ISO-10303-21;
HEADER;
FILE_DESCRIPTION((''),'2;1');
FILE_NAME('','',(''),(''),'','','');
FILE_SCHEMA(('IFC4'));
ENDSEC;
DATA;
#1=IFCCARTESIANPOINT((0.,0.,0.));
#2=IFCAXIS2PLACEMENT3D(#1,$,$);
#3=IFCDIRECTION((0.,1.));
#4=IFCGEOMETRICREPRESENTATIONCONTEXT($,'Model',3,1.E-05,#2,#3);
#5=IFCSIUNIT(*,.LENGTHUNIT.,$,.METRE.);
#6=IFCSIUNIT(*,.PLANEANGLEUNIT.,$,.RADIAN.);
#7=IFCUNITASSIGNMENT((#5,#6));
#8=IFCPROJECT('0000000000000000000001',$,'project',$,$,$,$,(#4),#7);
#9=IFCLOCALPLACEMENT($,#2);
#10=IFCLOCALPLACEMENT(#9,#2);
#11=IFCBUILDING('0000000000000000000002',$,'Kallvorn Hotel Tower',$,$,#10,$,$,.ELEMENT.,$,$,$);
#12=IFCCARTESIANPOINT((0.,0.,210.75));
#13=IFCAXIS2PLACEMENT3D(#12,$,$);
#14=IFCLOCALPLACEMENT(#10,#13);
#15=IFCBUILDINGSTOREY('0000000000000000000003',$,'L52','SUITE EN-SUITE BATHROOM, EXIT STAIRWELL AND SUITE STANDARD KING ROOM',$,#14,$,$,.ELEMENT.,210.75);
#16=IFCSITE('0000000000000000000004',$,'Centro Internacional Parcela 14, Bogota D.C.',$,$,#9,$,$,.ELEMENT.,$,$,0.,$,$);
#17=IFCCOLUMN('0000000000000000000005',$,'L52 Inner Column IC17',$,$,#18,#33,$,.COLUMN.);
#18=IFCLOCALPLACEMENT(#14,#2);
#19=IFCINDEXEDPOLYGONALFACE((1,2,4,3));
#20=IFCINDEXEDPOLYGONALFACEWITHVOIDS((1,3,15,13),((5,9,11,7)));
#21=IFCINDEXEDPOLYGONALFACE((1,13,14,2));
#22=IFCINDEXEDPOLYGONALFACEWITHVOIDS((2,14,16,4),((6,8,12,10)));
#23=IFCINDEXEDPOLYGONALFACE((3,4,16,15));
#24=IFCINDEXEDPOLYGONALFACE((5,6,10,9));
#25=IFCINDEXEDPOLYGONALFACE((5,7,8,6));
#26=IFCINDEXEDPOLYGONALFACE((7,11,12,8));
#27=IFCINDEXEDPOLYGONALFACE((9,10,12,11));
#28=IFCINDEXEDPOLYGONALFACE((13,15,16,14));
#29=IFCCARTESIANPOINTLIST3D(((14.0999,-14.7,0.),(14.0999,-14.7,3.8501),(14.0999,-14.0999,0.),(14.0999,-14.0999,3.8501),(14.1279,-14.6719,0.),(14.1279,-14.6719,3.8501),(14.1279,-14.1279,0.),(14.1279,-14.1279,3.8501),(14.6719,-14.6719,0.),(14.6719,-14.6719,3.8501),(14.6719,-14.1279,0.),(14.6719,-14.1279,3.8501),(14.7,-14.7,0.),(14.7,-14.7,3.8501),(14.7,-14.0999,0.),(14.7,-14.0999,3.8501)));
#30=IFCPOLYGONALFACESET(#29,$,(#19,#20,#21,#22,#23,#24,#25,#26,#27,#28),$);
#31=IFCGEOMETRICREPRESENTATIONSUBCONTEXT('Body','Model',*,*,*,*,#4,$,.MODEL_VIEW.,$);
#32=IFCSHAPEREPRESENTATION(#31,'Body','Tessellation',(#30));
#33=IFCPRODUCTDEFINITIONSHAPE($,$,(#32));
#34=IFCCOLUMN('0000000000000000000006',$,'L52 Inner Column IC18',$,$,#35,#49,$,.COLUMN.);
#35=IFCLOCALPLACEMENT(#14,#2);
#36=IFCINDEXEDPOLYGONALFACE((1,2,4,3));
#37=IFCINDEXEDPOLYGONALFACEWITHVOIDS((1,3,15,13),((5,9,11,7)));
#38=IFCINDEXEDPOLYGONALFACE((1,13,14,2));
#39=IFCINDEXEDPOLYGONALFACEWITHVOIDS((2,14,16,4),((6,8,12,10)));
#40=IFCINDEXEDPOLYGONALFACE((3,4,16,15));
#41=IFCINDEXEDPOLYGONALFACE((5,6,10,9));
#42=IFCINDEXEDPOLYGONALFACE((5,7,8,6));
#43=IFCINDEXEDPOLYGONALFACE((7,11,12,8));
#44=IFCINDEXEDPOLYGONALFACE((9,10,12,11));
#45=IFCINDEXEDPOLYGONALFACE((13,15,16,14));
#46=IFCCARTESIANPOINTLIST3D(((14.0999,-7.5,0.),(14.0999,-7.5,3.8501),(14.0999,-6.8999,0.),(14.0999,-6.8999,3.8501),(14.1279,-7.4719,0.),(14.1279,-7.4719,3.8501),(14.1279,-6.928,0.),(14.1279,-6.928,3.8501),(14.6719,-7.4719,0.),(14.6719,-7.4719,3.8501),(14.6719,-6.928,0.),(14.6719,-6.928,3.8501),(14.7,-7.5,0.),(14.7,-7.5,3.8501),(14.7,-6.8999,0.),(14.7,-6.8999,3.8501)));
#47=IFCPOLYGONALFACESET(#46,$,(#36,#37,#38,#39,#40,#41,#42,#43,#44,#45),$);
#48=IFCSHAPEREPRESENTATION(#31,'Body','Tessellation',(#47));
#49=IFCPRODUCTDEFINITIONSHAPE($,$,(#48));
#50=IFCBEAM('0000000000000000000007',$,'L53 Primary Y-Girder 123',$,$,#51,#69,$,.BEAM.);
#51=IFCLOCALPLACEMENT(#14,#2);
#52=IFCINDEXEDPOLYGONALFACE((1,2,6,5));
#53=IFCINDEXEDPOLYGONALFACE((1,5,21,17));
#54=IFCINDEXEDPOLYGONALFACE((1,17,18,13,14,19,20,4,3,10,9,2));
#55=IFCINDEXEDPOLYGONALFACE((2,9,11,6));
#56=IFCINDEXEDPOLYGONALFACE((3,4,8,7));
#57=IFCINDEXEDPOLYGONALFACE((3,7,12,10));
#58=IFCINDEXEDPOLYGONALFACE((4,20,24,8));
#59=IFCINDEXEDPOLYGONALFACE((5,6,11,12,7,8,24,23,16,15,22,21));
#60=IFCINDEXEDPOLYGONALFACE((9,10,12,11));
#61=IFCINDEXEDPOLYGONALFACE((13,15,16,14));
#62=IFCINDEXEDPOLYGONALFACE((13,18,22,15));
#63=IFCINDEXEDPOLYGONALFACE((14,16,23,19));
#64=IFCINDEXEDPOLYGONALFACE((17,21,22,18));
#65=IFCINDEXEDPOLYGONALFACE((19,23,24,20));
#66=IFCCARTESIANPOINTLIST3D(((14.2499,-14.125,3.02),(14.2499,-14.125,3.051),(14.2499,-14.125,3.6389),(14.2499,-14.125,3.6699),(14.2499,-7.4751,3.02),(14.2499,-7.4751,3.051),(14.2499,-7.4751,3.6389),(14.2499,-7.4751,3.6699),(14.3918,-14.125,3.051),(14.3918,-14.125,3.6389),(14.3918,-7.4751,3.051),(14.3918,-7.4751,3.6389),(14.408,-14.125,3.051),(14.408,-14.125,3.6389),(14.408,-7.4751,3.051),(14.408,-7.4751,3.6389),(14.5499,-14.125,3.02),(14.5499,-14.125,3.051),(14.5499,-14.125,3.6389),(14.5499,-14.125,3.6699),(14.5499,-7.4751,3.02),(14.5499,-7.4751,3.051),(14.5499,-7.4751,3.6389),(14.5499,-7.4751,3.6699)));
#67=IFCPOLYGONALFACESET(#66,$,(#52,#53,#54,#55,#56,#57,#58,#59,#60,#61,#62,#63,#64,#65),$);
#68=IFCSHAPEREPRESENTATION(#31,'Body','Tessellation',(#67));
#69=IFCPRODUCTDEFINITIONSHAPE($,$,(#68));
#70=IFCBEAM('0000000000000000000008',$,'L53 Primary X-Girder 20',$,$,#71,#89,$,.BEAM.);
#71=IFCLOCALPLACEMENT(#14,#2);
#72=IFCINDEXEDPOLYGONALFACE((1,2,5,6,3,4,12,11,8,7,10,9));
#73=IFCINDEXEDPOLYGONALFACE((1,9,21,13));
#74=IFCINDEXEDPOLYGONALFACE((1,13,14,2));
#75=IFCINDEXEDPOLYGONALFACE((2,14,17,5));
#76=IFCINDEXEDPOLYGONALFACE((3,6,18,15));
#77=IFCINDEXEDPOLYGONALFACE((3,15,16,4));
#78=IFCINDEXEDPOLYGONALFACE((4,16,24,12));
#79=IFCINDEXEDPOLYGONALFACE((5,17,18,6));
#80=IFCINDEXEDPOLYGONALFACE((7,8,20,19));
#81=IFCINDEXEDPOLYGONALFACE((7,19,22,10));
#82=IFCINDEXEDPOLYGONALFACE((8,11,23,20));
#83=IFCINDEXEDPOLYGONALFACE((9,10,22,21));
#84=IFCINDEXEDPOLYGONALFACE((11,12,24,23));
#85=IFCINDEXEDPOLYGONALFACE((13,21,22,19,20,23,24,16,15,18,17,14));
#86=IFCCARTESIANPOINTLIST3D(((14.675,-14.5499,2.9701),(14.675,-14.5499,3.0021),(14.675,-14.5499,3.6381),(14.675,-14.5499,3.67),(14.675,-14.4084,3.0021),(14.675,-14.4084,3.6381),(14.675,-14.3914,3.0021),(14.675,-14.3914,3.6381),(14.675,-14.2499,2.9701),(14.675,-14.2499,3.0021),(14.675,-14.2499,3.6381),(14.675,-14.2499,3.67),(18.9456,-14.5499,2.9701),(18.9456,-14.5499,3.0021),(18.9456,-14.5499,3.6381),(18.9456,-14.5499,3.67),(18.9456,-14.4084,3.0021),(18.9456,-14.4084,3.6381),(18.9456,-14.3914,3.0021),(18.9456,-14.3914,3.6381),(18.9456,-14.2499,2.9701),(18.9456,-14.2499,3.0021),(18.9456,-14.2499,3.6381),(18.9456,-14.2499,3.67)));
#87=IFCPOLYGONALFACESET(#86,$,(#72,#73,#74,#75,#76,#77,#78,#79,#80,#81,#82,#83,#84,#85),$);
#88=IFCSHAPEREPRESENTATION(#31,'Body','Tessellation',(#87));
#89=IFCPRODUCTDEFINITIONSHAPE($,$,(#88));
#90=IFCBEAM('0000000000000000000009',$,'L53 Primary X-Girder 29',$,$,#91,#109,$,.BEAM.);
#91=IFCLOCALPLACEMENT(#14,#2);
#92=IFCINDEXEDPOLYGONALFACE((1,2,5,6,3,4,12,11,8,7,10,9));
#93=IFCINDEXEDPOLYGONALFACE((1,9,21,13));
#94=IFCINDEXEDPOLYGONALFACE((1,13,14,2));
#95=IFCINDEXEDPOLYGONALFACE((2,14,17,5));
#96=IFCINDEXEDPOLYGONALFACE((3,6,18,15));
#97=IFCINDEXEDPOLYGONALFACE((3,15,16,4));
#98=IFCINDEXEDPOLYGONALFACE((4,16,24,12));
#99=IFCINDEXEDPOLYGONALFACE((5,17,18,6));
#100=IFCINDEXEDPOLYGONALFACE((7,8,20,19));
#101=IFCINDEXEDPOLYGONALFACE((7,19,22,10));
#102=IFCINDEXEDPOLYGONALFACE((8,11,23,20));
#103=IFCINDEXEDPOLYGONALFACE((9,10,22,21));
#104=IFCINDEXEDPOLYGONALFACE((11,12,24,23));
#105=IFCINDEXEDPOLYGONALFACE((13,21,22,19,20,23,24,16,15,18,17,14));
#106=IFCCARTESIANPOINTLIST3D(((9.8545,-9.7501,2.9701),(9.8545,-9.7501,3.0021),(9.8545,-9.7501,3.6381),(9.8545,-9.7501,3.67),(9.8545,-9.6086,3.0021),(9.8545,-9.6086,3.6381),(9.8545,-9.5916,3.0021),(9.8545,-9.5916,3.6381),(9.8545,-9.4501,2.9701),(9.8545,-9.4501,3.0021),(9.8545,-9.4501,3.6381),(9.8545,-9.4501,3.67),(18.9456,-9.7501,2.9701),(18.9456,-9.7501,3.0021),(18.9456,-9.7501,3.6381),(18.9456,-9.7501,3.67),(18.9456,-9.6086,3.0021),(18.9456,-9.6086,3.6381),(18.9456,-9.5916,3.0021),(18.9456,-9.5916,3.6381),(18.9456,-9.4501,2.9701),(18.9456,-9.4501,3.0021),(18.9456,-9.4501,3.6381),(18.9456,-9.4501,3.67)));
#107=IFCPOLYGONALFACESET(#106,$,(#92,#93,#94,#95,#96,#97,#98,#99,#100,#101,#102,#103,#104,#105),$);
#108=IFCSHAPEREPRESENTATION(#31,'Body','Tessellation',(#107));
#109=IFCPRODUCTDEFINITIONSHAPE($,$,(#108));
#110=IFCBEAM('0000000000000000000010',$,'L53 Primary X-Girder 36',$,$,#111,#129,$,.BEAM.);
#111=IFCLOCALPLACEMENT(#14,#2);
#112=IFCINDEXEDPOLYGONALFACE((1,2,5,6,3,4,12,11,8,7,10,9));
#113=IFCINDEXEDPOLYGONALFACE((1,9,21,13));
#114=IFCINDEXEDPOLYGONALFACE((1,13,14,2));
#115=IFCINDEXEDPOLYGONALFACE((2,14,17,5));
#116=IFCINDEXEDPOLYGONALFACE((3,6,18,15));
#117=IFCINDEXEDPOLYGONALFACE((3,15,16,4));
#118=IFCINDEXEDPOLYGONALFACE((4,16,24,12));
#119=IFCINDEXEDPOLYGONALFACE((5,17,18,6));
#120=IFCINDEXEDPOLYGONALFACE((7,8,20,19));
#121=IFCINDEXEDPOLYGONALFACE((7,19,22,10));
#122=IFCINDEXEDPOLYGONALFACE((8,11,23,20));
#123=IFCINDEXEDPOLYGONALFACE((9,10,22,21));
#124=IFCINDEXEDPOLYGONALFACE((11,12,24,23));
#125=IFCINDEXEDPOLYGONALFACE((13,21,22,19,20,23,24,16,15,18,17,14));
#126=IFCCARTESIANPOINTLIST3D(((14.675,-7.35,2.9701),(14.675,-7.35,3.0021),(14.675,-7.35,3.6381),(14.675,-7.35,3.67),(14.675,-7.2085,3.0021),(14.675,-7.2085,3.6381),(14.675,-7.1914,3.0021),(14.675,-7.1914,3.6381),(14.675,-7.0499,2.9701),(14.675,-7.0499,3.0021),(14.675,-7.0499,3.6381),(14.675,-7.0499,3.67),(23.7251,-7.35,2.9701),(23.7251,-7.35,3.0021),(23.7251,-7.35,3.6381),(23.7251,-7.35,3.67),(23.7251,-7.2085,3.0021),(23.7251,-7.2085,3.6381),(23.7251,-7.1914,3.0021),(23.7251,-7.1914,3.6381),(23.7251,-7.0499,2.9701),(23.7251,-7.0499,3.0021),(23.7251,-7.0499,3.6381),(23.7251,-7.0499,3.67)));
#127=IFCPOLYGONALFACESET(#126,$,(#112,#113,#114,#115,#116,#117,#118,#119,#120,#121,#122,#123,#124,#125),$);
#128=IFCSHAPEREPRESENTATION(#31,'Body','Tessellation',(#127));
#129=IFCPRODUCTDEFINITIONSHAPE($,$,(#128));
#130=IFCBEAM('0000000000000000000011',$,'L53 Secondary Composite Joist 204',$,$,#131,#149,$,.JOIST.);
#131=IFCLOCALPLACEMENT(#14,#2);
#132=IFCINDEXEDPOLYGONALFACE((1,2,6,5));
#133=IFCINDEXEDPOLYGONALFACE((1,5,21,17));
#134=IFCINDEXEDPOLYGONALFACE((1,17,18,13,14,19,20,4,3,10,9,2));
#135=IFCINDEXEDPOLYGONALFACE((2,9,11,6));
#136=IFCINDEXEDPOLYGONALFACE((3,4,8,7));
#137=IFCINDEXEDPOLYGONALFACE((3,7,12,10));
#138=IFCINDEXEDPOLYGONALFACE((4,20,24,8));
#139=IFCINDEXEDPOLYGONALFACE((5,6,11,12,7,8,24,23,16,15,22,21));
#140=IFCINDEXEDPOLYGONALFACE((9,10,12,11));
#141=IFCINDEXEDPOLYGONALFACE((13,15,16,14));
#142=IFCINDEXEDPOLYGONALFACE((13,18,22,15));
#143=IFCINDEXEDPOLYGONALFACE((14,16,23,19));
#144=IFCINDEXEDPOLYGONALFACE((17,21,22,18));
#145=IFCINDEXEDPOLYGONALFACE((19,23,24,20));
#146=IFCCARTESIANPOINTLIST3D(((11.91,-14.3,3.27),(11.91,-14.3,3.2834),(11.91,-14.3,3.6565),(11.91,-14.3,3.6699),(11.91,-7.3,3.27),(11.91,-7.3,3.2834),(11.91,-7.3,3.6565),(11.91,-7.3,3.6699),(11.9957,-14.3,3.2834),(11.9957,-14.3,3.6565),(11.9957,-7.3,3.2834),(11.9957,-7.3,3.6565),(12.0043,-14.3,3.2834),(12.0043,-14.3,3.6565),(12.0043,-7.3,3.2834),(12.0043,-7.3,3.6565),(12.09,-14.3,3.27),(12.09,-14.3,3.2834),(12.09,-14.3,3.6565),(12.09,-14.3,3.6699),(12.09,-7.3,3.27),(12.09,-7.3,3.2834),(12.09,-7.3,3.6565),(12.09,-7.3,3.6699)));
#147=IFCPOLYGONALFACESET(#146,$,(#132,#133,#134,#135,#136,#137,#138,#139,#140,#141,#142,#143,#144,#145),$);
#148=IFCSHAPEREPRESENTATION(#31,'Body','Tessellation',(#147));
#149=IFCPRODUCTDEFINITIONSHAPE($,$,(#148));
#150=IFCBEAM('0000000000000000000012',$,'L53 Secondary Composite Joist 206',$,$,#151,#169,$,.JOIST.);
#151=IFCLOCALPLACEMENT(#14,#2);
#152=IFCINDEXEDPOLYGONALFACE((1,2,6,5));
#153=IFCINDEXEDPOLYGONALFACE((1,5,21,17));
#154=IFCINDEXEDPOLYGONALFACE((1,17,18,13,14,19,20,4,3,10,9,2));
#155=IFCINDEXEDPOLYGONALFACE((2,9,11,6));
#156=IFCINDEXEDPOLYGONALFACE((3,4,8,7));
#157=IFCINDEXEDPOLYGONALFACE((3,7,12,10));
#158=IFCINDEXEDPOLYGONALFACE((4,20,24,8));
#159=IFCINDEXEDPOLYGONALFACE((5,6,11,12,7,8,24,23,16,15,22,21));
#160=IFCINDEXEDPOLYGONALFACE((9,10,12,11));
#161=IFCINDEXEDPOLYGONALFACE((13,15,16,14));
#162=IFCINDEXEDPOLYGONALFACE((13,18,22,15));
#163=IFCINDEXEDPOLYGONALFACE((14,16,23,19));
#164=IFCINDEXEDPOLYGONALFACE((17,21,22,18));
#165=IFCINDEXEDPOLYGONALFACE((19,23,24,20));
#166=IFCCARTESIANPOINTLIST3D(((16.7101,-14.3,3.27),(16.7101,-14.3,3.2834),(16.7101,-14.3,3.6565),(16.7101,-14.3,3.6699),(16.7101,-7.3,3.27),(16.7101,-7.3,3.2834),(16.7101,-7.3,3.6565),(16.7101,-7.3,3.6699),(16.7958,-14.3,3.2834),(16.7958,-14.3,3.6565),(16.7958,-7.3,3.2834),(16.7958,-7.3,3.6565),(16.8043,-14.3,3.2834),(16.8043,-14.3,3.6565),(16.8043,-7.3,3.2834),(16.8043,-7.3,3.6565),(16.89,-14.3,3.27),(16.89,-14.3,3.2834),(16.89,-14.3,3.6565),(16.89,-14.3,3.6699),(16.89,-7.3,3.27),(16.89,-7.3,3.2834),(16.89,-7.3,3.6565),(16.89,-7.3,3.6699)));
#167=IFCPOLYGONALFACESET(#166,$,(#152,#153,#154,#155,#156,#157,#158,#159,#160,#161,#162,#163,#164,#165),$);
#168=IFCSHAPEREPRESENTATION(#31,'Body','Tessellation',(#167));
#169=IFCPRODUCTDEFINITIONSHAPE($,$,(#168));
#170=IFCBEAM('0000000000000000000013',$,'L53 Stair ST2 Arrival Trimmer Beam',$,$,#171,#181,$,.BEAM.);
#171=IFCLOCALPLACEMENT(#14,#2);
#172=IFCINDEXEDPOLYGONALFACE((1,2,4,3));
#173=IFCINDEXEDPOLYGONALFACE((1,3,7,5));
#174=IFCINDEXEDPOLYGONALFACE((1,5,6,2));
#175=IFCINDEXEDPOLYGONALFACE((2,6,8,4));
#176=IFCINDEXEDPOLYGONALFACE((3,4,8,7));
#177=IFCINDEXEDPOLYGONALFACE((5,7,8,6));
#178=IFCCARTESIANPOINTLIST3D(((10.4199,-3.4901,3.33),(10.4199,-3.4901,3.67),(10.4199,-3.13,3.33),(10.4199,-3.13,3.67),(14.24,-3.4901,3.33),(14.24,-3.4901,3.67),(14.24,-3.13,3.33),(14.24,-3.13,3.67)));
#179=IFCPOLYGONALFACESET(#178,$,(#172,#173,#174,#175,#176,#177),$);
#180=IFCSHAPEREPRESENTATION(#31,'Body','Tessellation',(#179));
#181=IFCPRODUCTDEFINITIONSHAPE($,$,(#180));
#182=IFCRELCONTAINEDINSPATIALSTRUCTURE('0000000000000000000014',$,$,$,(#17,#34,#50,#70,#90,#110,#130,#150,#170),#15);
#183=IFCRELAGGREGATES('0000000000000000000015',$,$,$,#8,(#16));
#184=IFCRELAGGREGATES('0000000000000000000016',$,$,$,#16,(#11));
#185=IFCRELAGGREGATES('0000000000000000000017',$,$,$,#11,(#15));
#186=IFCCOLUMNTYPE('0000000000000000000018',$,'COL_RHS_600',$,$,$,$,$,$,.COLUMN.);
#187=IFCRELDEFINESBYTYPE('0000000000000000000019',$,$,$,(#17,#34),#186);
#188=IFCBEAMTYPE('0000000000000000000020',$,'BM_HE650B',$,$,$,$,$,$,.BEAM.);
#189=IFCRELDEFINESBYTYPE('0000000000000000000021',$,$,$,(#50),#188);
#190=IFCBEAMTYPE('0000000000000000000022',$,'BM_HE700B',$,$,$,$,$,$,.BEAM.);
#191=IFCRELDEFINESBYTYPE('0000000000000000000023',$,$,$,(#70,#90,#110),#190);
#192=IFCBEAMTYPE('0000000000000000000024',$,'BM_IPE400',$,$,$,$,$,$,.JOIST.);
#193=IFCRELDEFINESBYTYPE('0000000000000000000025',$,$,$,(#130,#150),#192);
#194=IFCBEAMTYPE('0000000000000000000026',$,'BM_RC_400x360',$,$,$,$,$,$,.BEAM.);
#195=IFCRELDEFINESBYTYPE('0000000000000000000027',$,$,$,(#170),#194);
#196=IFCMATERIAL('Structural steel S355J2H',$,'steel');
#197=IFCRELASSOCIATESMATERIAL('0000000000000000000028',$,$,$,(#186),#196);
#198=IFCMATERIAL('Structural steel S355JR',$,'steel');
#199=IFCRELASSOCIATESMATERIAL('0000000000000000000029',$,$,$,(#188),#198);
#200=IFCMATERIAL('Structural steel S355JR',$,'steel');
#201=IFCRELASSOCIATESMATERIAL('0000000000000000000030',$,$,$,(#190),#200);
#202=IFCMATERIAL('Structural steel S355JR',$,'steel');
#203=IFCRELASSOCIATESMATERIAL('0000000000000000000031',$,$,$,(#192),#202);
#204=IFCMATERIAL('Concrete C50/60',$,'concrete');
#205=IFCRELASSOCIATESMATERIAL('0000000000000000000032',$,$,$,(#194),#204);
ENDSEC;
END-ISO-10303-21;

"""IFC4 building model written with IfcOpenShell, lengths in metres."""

from ifc_helpers import new_model, si_unit, direction, frame, origin, origin_2d, place, context, subcontext, project, spatial, rectangle, hollow_rectangle, i_section, extrude, material, material_profile, profile_set, type_object, element, save


model = new_model("IFC4")

# Units and contexts
model_context = context("Model", 3, precision=1e-05, world=origin(), true_north=direction((0.0, 1.0)))
body_context = subcontext(model_context, "Body", "Model", "MODEL_VIEW")
ifc_project = project(units=[si_unit("LENGTHUNIT", "METRE"), si_unit("PLANEANGLEUNIT", "RADIAN")], contexts=[model_context])

# Site, building, storey
site_placement = place(None, origin())
site = spatial("IfcSite", under=ifc_project, at=site_placement, Name="Centro Internacional Parcela 14, Bogota D.C.", CompositionType="ELEMENT", RefElevation=0.0)
building_placement = place(site_placement, origin())
building = spatial("IfcBuilding", under=site, at=building_placement, Name="Kallvorn Hotel Tower", CompositionType="ELEMENT")
storey_placement = place(building_placement, frame((0.0, 0.0, 210.75)))
storey = spatial("IfcBuildingStorey", under=building, at=storey_placement, Name="L52", Description="SUITE EN-SUITE BATHROOM, EXIT STAIRWELL AND SUITE STANDARD KING ROOM", CompositionType="ELEMENT", Elevation=210.75)

# Columns
ifc_material_1 = material(Name="Structural steel S355J2H", Category="steel")
ifc_material_profile_1 = material_profile(ifc_material_1, hollow_rectangle(XDim=0.6001, YDim=0.6001, WallThickness=0.0281, at=origin_2d()), Name="RHS 600x600x28")
ifc_profile_set_1 = profile_set([ifc_material_profile_1], Name="Structural steel S355J2H")
column_type = type_object("IfcColumnType", Name="COL_RHS_600", PredefinedType="COLUMN", material=ifc_profile_set_1)
for number, where, z_axis, x_axis, name in (
    (1, (14.3999, -14.3999, 0.0), (0.0, 0.0, 1.0), (1.0, 0.0, 0.0), "L52 Inner Column IC17"),
    (2, (14.3999, -7.2, 0.0), (0.0, 0.0, 1.0), (1.0, 0.0, 0.0), "L52 Inner Column IC18"),
):
    element("IfcColumn", number, at=place(storey_placement, frame(where, z_axis=z_axis, x_axis=x_axis)), inside=storey, type_object=column_type, Name=name, PredefinedType="COLUMN", context=body_context, shape_type="SweptSolid", body=[
        extrude(hollow_rectangle(XDim=0.6001, YDim=0.6001, WallThickness=0.0281, at=origin_2d()), origin(), (0.0, 0.0, 1.0), 3.8501),
    ])

# Beams
ifc_material_2 = material(Name="Structural steel S355JR", Category="steel")
ifc_material_profile_2 = material_profile(ifc_material_2, i_section(OverallWidth=0.3, OverallDepth=0.6499, WebThickness=0.0161, FlangeThickness=0.031, at=origin_2d()), Name="HE 650 B")
ifc_profile_set_2 = profile_set([ifc_material_profile_2], Name="Structural steel S355JR")
beam_type_1 = type_object("IfcBeamType", Name="BM_HE650B", PredefinedType="BEAM", material=ifc_profile_set_2)
beam_1_placement = place(storey_placement, frame((14.3999, -14.125, 3.345), z_axis=(0.0, 1.0, 0.0), x_axis=(-1.0, 0.0, 0.0)))
element("IfcBeam", 3, at=beam_1_placement, inside=storey, type_object=beam_type_1, Name="L53 Primary Y-Girder 123", PredefinedType="BEAM", context=body_context, shape_type="SweptSolid", body=[
    extrude(i_section(OverallWidth=0.3, OverallDepth=0.6499, WebThickness=0.0161, FlangeThickness=0.031, at=origin_2d()), origin(), (0.0, 0.0, 1.0), 6.6499),
])
ifc_material_3 = material(Name="Structural steel S355JR", Category="steel")
ifc_material_profile_3 = material_profile(ifc_material_3, i_section(OverallWidth=0.3, OverallDepth=0.7, WebThickness=0.0171, FlangeThickness=0.032, at=origin_2d()), Name="HE 700 B")
ifc_profile_set_3 = profile_set([ifc_material_profile_3], Name="Structural steel S355JR")
beam_type_2 = type_object("IfcBeamType", Name="BM_HE700B", PredefinedType="BEAM", material=ifc_profile_set_3)
beam_2_placement = place(storey_placement, frame((14.675, -14.3999, 3.3201), z_axis=(1.0, 0.0, 0.0), x_axis=(0.0, 1.0, 0.0)))
element("IfcBeam", 4, at=beam_2_placement, inside=storey, type_object=beam_type_2, Name="L53 Primary X-Girder 20", PredefinedType="BEAM", context=body_context, shape_type="SweptSolid", body=[
    extrude(i_section(OverallWidth=0.3, OverallDepth=0.7, WebThickness=0.0171, FlangeThickness=0.032, at=origin_2d()), origin(), (0.0, 0.0, 1.0), 4.2705),
])
beam_3_placement = place(storey_placement, frame((9.8545, -9.6001, 3.3201), z_axis=(1.0, 0.0, 0.0), x_axis=(0.0, 1.0, 0.0)))
element("IfcBeam", 5, at=beam_3_placement, inside=storey, type_object=beam_type_2, Name="L53 Primary X-Girder 29", PredefinedType="BEAM", context=body_context, shape_type="SweptSolid", body=[
    extrude(i_section(OverallWidth=0.3, OverallDepth=0.7, WebThickness=0.0171, FlangeThickness=0.032, at=origin_2d()), origin(), (0.0, 0.0, 1.0), 9.0911),
])
beam_4_placement = place(storey_placement, frame((14.675, -7.2, 3.3201), z_axis=(1.0, 0.0, 0.0), x_axis=(0.0, 1.0, 0.0)))
element("IfcBeam", 6, at=beam_4_placement, inside=storey, type_object=beam_type_2, Name="L53 Primary X-Girder 36", PredefinedType="BEAM", context=body_context, shape_type="SweptSolid", body=[
    extrude(i_section(OverallWidth=0.3, OverallDepth=0.7, WebThickness=0.0171, FlangeThickness=0.032, at=origin_2d()), origin(), (0.0, 0.0, 1.0), 9.05),
])
ifc_material_4 = material(Name="Structural steel S355JR", Category="steel")
ifc_material_profile_4 = material_profile(ifc_material_4, i_section(OverallWidth=0.1799, OverallDepth=0.3999, WebThickness=0.0085, FlangeThickness=0.0134, at=origin_2d()), Name="IPE 400")
ifc_profile_set_4 = profile_set([ifc_material_profile_4], Name="Structural steel S355JR")
beam_type_3 = type_object("IfcBeamType", Name="BM_IPE400", PredefinedType="JOIST", material=ifc_profile_set_4)
for number, where, z_axis, x_axis, name in (
    (7, (12.0, -14.3, 3.47), (0.0, 1.0, 0.0), (-1.0, 0.0, 0.0), "L53 Secondary Composite Joist 204"),
    (8, (16.8, -14.3, 3.47), (0.0, 1.0, 0.0), (-1.0, 0.0, 0.0), "L53 Secondary Composite Joist 206"),
):
    element("IfcBeam", number, at=place(storey_placement, frame(where, z_axis=z_axis, x_axis=x_axis)), inside=storey, type_object=beam_type_3, Name=name, PredefinedType="JOIST", context=body_context, shape_type="SweptSolid", body=[
        extrude(i_section(OverallWidth=0.1799, OverallDepth=0.3999, WebThickness=0.0085, FlangeThickness=0.0134, at=origin_2d()), origin(), (0.0, 0.0, 1.0), 7.0),
    ])
ifc_material_5 = material(Name="Concrete C50/60", Category="concrete")
ifc_material_profile_5 = material_profile(ifc_material_5, rectangle(XDim=0.3601, YDim=0.3401, at=origin_2d()), Name="RC 360x340")
ifc_profile_set_5 = profile_set([ifc_material_profile_5], Name="Concrete C50/60")
beam_type_4 = type_object("IfcBeamType", Name="BM_RC_400x360", PredefinedType="BEAM", material=ifc_profile_set_5)
beam_5_placement = place(storey_placement, frame((14.24, -3.3101, 3.5), z_axis=(-1.0, 0.0, 0.0), x_axis=(0.0, -1.0, 0.0)))
element("IfcBeam", 9, at=beam_5_placement, inside=storey, type_object=beam_type_4, Name="L53 Stair ST2 Arrival Trimmer Beam", PredefinedType="BEAM", context=body_context, shape_type="SweptSolid", body=[
    extrude(rectangle(XDim=0.3601, YDim=0.3401, at=origin_2d()), origin(), (0.0, 0.0, 1.0), 3.8201),
])

save(model, "model.ifc")
